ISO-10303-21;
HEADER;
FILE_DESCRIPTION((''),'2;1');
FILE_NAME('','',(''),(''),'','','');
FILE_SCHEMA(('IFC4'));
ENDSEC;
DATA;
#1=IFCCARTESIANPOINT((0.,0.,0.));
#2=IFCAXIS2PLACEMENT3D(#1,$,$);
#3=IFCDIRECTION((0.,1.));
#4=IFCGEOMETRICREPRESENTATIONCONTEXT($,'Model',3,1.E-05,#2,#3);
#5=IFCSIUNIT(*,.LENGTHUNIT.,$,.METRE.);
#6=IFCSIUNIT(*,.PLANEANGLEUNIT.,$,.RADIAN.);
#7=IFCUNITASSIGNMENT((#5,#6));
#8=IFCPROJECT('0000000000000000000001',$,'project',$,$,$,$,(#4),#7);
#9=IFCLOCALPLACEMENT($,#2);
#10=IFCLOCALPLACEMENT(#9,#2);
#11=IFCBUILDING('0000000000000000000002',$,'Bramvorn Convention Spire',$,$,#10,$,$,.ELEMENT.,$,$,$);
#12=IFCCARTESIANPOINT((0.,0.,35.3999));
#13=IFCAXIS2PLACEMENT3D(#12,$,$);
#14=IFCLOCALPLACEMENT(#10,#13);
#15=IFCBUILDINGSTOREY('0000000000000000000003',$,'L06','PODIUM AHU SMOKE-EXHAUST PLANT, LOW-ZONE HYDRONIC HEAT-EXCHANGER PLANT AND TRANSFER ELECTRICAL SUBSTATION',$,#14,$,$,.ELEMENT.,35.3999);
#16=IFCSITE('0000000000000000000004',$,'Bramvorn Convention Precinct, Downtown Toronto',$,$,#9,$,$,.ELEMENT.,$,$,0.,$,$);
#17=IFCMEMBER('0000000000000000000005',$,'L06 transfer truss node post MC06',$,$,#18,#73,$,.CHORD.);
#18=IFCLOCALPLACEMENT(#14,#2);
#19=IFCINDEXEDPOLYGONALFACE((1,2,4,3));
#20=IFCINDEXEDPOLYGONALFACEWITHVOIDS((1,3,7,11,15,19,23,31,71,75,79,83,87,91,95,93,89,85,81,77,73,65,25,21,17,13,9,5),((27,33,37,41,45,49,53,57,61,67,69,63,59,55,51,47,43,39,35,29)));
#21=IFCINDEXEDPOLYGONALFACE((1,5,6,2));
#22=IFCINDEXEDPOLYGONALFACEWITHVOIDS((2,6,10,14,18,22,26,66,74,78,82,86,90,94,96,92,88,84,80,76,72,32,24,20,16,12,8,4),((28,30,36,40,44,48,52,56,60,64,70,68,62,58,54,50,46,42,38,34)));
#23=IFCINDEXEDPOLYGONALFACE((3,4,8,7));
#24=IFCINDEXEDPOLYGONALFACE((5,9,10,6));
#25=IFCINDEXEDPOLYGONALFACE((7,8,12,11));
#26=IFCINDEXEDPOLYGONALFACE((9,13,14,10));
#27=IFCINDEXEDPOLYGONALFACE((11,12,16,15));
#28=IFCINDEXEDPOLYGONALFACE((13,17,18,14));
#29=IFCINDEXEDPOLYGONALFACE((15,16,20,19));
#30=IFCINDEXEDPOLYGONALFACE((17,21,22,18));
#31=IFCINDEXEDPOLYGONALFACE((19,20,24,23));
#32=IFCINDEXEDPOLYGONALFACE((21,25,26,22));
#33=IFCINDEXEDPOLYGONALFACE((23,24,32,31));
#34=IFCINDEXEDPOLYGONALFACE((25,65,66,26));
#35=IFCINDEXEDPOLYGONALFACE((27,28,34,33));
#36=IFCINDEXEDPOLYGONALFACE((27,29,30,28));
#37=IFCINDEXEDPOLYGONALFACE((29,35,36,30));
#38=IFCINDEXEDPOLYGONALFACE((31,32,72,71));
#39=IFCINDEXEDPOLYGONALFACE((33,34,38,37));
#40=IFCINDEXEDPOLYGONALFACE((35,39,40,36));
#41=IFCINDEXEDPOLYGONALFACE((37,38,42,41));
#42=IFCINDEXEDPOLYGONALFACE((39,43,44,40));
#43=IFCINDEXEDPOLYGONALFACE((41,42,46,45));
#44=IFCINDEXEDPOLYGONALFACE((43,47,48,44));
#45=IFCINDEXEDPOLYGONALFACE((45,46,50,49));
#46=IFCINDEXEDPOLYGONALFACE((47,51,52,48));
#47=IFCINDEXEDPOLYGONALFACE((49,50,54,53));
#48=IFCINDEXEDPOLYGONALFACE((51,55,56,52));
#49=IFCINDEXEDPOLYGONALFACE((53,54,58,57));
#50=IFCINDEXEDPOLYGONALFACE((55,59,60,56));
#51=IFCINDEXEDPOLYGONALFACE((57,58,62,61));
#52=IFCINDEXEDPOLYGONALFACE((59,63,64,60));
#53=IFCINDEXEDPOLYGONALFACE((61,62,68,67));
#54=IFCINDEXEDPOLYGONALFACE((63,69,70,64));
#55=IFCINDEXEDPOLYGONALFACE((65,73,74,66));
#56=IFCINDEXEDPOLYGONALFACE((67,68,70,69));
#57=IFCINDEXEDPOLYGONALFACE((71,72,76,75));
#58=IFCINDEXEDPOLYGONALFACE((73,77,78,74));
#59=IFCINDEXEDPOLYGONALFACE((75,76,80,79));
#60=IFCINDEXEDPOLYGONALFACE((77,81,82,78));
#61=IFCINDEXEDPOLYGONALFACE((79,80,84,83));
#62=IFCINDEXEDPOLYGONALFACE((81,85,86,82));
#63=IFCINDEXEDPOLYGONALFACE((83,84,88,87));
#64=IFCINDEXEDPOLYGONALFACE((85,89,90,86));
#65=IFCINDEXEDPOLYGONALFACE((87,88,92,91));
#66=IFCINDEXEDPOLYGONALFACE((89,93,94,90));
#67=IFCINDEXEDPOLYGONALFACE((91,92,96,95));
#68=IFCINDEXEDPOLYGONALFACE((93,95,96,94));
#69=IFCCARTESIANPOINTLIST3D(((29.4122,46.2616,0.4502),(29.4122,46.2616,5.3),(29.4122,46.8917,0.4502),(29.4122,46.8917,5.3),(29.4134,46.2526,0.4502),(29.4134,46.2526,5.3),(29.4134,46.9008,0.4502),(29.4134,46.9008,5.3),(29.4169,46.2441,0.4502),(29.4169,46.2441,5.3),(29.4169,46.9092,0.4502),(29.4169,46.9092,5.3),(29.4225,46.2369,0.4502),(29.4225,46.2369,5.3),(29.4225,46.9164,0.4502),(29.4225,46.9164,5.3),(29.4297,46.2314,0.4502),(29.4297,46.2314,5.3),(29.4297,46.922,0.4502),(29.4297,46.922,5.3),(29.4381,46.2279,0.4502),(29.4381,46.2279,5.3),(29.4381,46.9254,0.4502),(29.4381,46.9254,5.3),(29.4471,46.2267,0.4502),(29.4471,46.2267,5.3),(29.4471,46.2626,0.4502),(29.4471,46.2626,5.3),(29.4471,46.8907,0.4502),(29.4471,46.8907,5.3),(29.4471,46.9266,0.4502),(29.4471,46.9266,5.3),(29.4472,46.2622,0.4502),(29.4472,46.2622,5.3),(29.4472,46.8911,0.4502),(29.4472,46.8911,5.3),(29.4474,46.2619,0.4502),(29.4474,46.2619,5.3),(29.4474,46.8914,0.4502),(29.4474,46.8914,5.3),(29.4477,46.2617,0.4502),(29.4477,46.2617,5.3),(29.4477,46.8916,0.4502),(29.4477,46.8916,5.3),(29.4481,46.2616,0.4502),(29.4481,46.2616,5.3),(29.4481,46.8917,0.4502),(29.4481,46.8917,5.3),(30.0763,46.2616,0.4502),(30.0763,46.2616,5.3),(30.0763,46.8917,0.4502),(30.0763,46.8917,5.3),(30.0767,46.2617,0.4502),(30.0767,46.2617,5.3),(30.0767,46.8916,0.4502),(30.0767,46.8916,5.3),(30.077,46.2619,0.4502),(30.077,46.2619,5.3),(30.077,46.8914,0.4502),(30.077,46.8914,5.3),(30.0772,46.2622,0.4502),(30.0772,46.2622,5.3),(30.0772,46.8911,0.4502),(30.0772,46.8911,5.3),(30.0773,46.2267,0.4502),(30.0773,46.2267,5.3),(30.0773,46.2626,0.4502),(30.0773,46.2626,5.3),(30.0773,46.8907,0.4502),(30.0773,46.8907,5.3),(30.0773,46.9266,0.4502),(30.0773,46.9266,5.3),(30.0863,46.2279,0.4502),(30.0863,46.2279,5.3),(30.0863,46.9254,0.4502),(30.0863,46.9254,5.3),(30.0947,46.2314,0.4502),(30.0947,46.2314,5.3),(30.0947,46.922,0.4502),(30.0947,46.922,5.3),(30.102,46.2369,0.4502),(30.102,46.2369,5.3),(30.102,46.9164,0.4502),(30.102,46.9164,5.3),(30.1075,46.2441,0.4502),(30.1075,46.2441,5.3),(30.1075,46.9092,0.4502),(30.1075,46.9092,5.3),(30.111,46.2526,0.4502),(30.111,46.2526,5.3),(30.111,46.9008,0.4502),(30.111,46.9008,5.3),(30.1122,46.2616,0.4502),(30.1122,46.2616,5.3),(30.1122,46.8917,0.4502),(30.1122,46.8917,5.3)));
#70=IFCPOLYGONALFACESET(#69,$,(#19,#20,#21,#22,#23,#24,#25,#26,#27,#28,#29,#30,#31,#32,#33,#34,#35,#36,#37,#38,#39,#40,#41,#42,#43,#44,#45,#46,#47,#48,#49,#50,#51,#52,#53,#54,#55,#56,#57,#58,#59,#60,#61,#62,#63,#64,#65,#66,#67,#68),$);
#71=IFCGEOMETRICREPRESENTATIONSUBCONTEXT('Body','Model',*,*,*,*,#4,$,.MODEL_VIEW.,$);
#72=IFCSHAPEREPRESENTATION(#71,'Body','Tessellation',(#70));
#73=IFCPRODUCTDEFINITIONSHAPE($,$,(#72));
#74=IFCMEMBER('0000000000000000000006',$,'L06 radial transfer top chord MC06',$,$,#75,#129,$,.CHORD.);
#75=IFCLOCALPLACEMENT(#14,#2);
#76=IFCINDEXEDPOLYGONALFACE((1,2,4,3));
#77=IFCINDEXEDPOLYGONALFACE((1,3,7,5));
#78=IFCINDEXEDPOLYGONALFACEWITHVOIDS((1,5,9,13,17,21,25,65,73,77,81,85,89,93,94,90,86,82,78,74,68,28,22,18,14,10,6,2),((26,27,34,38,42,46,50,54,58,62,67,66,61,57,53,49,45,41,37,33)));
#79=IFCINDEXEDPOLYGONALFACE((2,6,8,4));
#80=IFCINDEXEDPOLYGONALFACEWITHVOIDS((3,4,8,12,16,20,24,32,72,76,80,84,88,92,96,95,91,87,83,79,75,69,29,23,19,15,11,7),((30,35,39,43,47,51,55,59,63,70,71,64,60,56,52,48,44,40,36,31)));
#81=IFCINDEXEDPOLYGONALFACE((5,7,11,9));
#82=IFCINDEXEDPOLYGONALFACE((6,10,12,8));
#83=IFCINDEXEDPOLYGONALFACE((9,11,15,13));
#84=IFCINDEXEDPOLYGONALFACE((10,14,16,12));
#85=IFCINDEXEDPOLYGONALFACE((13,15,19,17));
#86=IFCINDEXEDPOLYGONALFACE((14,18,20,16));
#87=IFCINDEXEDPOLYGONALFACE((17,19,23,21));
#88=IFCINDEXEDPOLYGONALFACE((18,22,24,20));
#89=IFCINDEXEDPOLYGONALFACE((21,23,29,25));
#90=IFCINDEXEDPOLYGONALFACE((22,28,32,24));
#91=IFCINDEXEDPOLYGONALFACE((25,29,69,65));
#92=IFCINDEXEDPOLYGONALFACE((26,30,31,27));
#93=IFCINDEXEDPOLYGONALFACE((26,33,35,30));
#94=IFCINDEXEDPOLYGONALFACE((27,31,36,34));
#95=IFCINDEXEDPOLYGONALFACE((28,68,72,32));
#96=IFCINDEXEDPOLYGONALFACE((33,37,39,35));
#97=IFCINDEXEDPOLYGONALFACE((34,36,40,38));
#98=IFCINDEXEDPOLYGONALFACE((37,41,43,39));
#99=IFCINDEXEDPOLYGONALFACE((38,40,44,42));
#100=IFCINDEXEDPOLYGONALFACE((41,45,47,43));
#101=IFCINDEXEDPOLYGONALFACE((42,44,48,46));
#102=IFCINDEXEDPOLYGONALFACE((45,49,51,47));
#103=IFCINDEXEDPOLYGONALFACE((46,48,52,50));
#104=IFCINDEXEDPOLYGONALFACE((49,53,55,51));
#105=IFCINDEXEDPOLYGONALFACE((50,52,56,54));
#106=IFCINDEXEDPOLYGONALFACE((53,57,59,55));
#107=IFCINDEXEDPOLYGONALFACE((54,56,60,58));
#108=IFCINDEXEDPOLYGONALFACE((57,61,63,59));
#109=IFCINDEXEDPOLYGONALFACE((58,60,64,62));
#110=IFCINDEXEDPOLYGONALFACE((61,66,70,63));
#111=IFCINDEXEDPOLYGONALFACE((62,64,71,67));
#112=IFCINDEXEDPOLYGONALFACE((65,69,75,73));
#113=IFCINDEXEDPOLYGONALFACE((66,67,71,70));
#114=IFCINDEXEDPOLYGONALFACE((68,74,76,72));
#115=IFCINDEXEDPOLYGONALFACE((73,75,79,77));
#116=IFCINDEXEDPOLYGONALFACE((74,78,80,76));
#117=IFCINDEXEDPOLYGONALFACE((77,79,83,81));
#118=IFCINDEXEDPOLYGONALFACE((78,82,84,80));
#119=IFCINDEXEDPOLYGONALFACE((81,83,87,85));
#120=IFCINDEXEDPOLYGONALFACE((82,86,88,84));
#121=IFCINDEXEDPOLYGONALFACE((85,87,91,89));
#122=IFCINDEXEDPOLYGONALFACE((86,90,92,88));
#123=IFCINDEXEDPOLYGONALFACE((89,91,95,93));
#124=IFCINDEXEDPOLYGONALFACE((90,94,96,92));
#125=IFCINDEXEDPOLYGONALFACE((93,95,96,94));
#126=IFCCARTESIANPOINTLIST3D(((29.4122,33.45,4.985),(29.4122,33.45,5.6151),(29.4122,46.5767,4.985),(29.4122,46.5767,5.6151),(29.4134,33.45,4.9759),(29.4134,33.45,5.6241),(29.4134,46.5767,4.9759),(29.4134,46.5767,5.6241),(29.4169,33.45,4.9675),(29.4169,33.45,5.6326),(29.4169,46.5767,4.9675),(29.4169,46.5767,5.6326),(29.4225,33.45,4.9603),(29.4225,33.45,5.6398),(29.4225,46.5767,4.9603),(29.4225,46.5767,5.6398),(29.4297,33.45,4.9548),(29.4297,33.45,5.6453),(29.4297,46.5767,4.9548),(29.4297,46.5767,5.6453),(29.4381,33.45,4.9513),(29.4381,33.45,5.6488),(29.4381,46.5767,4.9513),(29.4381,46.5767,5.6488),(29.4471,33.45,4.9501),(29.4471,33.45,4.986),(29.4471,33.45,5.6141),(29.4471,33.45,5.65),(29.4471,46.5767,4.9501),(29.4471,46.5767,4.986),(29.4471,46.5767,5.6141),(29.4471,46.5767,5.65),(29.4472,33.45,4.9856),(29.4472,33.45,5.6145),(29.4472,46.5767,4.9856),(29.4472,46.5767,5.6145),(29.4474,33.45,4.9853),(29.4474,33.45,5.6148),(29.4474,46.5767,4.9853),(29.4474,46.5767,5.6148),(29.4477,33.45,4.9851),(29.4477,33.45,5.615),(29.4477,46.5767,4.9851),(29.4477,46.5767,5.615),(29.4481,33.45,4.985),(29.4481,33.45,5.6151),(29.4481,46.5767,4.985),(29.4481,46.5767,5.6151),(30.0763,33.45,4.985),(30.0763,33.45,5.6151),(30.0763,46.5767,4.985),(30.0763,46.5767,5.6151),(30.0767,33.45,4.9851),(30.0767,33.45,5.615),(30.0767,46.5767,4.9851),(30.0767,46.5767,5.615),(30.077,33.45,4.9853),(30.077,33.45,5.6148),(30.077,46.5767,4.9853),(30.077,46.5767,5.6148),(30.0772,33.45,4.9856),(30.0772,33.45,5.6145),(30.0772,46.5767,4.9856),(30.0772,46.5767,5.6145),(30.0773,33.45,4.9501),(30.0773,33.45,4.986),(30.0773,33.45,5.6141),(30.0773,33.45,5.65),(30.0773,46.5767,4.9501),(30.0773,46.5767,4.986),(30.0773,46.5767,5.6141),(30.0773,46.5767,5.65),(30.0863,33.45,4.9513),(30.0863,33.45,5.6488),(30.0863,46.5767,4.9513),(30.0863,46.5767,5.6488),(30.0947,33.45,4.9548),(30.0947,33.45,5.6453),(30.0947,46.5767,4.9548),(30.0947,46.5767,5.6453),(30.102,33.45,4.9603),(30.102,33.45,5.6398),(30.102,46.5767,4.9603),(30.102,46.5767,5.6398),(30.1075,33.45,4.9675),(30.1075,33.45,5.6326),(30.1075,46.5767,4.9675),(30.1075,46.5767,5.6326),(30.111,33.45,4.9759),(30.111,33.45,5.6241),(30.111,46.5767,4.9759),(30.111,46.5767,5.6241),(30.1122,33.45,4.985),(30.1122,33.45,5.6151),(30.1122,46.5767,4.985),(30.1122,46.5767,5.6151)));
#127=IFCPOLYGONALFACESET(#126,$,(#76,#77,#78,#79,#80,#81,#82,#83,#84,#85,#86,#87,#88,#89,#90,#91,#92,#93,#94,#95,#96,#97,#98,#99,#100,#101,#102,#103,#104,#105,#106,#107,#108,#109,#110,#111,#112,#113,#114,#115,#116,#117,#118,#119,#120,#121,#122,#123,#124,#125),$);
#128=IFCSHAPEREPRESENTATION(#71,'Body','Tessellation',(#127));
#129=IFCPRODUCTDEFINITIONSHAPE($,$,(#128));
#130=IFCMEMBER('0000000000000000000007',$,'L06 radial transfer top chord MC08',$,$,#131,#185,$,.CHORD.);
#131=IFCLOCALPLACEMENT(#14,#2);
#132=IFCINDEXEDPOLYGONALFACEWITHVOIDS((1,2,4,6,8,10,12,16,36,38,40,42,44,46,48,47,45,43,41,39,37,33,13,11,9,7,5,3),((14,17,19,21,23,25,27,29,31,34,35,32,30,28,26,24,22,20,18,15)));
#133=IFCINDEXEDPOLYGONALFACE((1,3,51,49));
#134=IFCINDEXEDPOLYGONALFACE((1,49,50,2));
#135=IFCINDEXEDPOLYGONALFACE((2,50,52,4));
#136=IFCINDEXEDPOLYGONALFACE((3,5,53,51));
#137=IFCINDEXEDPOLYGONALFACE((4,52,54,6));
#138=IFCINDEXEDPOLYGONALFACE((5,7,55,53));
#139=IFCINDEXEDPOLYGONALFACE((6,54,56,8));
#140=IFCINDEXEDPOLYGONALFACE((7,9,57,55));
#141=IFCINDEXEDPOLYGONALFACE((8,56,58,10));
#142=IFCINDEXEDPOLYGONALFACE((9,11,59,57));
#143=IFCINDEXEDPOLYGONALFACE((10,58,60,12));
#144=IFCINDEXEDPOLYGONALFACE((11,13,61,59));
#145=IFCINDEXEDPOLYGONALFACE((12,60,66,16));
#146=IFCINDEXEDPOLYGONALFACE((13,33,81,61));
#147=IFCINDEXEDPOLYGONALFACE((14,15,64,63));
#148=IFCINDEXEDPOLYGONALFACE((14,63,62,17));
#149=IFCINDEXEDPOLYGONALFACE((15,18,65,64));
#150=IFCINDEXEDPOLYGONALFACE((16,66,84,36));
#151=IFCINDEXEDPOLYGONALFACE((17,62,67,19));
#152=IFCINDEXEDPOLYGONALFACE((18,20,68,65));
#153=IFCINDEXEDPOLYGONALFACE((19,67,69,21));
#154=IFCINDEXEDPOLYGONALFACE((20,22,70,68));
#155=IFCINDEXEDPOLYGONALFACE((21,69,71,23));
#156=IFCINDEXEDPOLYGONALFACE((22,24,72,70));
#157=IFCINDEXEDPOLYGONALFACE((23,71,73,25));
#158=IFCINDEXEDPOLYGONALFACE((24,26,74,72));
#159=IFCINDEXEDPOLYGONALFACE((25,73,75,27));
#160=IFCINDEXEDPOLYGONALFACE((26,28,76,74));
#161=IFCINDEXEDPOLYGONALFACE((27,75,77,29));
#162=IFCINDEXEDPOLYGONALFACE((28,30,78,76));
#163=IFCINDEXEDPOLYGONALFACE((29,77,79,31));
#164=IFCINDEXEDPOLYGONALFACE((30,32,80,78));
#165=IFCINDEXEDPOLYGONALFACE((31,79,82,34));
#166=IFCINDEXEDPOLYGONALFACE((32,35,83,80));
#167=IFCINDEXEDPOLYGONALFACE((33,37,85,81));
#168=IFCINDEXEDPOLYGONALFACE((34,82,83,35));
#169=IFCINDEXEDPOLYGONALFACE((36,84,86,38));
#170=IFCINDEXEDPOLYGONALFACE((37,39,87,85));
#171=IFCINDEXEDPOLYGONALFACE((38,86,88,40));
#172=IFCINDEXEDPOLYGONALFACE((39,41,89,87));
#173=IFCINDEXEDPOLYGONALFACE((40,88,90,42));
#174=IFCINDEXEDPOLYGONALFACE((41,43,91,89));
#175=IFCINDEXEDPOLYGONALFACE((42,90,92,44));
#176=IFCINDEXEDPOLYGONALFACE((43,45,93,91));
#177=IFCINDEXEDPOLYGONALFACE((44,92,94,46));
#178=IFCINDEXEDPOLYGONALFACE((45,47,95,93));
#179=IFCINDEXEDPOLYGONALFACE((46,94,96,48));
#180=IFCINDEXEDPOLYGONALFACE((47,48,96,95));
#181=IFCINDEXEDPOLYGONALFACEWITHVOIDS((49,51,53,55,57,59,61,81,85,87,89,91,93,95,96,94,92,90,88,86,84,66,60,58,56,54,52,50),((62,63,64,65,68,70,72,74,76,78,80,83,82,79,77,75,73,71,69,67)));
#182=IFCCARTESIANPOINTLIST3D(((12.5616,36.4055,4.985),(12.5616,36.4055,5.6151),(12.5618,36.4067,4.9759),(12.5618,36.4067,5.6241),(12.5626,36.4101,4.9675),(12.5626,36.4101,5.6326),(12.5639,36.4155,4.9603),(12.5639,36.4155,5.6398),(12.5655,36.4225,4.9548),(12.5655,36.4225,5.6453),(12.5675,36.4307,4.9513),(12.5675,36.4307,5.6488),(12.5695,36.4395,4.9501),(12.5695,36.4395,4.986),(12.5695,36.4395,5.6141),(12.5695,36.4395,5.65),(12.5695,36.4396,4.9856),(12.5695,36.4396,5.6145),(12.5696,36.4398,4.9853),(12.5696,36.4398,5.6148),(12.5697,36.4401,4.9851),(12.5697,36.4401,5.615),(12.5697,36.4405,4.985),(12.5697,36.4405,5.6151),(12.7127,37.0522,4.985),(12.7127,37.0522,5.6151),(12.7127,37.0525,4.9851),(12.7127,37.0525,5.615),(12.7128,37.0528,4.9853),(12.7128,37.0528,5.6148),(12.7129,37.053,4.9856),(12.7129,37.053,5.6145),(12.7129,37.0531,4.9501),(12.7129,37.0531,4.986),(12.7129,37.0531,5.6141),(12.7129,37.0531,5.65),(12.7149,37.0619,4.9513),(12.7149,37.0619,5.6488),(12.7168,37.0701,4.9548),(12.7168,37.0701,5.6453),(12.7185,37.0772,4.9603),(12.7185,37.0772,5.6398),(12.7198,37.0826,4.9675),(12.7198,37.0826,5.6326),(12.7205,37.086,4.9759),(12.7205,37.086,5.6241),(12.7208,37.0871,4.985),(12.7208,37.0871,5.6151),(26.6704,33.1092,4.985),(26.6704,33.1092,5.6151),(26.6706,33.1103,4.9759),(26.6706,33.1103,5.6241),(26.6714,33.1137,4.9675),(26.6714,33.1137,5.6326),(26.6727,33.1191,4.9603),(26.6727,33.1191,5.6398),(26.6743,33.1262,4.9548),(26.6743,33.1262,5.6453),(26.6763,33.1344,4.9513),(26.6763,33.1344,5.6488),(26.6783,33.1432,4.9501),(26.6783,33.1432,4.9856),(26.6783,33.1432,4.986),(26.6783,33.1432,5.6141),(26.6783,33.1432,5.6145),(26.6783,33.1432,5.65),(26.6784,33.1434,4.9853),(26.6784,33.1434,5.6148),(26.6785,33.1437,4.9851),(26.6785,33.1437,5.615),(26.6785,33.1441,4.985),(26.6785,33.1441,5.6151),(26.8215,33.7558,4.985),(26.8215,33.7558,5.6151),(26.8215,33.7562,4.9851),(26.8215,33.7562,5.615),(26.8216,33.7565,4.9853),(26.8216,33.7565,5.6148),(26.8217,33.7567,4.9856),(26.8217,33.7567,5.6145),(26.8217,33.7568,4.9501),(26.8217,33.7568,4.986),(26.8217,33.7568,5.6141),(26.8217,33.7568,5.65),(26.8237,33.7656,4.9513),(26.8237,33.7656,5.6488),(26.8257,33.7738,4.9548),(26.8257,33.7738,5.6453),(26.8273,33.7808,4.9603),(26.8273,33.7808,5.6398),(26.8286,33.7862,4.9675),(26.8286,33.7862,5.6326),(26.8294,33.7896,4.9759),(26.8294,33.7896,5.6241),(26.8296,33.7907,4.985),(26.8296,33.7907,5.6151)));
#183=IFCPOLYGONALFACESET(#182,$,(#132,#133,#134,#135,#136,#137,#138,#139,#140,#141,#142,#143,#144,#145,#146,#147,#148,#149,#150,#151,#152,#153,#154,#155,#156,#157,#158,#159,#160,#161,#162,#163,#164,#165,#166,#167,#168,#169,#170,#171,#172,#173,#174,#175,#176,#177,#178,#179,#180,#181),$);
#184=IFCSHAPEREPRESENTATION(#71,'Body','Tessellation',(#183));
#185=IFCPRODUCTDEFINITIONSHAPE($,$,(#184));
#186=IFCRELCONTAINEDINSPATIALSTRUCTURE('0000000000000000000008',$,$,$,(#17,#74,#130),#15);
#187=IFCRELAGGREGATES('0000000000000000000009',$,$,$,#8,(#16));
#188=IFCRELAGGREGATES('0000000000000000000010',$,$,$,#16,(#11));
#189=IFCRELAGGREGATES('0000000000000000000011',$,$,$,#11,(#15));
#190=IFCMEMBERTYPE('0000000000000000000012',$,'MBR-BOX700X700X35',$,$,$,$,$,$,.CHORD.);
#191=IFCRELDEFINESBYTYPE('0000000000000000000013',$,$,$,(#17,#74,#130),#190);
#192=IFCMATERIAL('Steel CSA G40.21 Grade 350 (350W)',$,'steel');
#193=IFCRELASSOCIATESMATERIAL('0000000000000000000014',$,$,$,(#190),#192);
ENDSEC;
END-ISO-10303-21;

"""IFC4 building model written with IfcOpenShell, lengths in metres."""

from ifc_helpers import new_model, si_unit, direction, frame, origin, origin_2d, place, context, subcontext, project, spatial, hollow_rectangle, extrude, material, material_profile, profile_set, type_object, element, save


model = new_model("IFC4")

# Units and contexts
model_context = context("Model", 3, precision=1e-05, world=origin(), true_north=direction((0.0, 1.0)))
body_context = subcontext(model_context, "Body", "Model", "MODEL_VIEW")
ifc_project = project(units=[si_unit("LENGTHUNIT", "METRE"), si_unit("PLANEANGLEUNIT", "RADIAN")], contexts=[model_context])

# Site, building, storey
site_placement = place(None, origin())
site = spatial("IfcSite", under=ifc_project, at=site_placement, Name="Bramvorn Convention Precinct, Downtown Toronto", CompositionType="ELEMENT", RefElevation=0.0)
building_placement = place(site_placement, origin())
building = spatial("IfcBuilding", under=site, at=building_placement, Name="Bramvorn Convention Spire", CompositionType="ELEMENT")
storey_placement = place(building_placement, frame((0.0, 0.0, 35.3999)))
storey = spatial("IfcBuildingStorey", under=building, at=storey_placement, Name="L06", Description="PODIUM AHU SMOKE-EXHAUST PLANT, LOW-ZONE HYDRONIC HEAT-EXCHANGER PLANT AND TRANSFER ELECTRICAL SUBSTATION", CompositionType="ELEMENT", Elevation=35.3999)

# Shared definitions
ifc_material_1 = material(Name="Steel CSA G40.21 Grade 350 (350W)", Category="steel")

# Members
ifc_material_profile_1 = material_profile(ifc_material_1, hollow_rectangle(XDim=0.7, YDim=0.7, WallThickness=0.0349, InnerFilletRadius=0.001, OuterFilletRadius=0.0349, at=origin_2d()))
ifc_profile_set_1 = profile_set([ifc_material_profile_1], Name="Steel CSA G40.21 Grade 350 (350W) - BOX700X700X35")
member_type_1 = type_object("IfcMemberType", Name="MBR-BOX700X700X35", PredefinedType="CHORD", material=ifc_profile_set_1)
member_1_placement = place(storey_placement, frame((29.7622, 46.5767, 0.4502), z_axis=(0.0, 0.0, 1.0), x_axis=(1.0, 0.0, 0.0)))
element("IfcMember", 1, at=member_1_placement, inside=storey, type_object=member_type_1, Name="L06 transfer truss node post MC06", PredefinedType="CHORD", context=body_context, shape_type="SweptSolid", body=[
    extrude(hollow_rectangle(XDim=0.7, YDim=0.7, WallThickness=0.0349, InnerFilletRadius=0.001, OuterFilletRadius=0.0349, at=origin_2d()), origin(), (0.0, 0.0, 1.0), 4.8499),
])
member_2_placement = place(storey_placement, frame((29.7622, 33.45, 5.3), z_axis=(0.0, 1.0, 0.0), x_axis=(-1.0, 0.0, 0.0)))
element("IfcMember", 2, at=member_2_placement, inside=storey, type_object=member_type_1, Name="L06 radial transfer top chord MC06", PredefinedType="CHORD", context=body_context, shape_type="SweptSolid", body=[
    extrude(hollow_rectangle(XDim=0.7, YDim=0.7, WallThickness=0.0349, InnerFilletRadius=0.001, OuterFilletRadius=0.0349, at=origin_2d()), origin(), (0.0, 0.0, 1.0), 13.1267),
])
member_3_placement = place(storey_placement, frame((26.75, 33.45, 5.3), z_axis=(-0.973775, 0.227512, 0.0), x_axis=(-0.227512, -0.973775, 0.0)))
element("IfcMember", 3, at=member_3_placement, inside=storey, type_object=member_type_1, Name="L06 radial transfer top chord MC08", PredefinedType="CHORD", context=body_context, shape_type="SweptSolid", body=[
    extrude(hollow_rectangle(XDim=0.7, YDim=0.7, WallThickness=0.0349, InnerFilletRadius=0.001, OuterFilletRadius=0.0349, at=origin_2d()), origin(), (0.0, 0.0, 1.0), 14.4888),
])

save(model, "model.ifc")
